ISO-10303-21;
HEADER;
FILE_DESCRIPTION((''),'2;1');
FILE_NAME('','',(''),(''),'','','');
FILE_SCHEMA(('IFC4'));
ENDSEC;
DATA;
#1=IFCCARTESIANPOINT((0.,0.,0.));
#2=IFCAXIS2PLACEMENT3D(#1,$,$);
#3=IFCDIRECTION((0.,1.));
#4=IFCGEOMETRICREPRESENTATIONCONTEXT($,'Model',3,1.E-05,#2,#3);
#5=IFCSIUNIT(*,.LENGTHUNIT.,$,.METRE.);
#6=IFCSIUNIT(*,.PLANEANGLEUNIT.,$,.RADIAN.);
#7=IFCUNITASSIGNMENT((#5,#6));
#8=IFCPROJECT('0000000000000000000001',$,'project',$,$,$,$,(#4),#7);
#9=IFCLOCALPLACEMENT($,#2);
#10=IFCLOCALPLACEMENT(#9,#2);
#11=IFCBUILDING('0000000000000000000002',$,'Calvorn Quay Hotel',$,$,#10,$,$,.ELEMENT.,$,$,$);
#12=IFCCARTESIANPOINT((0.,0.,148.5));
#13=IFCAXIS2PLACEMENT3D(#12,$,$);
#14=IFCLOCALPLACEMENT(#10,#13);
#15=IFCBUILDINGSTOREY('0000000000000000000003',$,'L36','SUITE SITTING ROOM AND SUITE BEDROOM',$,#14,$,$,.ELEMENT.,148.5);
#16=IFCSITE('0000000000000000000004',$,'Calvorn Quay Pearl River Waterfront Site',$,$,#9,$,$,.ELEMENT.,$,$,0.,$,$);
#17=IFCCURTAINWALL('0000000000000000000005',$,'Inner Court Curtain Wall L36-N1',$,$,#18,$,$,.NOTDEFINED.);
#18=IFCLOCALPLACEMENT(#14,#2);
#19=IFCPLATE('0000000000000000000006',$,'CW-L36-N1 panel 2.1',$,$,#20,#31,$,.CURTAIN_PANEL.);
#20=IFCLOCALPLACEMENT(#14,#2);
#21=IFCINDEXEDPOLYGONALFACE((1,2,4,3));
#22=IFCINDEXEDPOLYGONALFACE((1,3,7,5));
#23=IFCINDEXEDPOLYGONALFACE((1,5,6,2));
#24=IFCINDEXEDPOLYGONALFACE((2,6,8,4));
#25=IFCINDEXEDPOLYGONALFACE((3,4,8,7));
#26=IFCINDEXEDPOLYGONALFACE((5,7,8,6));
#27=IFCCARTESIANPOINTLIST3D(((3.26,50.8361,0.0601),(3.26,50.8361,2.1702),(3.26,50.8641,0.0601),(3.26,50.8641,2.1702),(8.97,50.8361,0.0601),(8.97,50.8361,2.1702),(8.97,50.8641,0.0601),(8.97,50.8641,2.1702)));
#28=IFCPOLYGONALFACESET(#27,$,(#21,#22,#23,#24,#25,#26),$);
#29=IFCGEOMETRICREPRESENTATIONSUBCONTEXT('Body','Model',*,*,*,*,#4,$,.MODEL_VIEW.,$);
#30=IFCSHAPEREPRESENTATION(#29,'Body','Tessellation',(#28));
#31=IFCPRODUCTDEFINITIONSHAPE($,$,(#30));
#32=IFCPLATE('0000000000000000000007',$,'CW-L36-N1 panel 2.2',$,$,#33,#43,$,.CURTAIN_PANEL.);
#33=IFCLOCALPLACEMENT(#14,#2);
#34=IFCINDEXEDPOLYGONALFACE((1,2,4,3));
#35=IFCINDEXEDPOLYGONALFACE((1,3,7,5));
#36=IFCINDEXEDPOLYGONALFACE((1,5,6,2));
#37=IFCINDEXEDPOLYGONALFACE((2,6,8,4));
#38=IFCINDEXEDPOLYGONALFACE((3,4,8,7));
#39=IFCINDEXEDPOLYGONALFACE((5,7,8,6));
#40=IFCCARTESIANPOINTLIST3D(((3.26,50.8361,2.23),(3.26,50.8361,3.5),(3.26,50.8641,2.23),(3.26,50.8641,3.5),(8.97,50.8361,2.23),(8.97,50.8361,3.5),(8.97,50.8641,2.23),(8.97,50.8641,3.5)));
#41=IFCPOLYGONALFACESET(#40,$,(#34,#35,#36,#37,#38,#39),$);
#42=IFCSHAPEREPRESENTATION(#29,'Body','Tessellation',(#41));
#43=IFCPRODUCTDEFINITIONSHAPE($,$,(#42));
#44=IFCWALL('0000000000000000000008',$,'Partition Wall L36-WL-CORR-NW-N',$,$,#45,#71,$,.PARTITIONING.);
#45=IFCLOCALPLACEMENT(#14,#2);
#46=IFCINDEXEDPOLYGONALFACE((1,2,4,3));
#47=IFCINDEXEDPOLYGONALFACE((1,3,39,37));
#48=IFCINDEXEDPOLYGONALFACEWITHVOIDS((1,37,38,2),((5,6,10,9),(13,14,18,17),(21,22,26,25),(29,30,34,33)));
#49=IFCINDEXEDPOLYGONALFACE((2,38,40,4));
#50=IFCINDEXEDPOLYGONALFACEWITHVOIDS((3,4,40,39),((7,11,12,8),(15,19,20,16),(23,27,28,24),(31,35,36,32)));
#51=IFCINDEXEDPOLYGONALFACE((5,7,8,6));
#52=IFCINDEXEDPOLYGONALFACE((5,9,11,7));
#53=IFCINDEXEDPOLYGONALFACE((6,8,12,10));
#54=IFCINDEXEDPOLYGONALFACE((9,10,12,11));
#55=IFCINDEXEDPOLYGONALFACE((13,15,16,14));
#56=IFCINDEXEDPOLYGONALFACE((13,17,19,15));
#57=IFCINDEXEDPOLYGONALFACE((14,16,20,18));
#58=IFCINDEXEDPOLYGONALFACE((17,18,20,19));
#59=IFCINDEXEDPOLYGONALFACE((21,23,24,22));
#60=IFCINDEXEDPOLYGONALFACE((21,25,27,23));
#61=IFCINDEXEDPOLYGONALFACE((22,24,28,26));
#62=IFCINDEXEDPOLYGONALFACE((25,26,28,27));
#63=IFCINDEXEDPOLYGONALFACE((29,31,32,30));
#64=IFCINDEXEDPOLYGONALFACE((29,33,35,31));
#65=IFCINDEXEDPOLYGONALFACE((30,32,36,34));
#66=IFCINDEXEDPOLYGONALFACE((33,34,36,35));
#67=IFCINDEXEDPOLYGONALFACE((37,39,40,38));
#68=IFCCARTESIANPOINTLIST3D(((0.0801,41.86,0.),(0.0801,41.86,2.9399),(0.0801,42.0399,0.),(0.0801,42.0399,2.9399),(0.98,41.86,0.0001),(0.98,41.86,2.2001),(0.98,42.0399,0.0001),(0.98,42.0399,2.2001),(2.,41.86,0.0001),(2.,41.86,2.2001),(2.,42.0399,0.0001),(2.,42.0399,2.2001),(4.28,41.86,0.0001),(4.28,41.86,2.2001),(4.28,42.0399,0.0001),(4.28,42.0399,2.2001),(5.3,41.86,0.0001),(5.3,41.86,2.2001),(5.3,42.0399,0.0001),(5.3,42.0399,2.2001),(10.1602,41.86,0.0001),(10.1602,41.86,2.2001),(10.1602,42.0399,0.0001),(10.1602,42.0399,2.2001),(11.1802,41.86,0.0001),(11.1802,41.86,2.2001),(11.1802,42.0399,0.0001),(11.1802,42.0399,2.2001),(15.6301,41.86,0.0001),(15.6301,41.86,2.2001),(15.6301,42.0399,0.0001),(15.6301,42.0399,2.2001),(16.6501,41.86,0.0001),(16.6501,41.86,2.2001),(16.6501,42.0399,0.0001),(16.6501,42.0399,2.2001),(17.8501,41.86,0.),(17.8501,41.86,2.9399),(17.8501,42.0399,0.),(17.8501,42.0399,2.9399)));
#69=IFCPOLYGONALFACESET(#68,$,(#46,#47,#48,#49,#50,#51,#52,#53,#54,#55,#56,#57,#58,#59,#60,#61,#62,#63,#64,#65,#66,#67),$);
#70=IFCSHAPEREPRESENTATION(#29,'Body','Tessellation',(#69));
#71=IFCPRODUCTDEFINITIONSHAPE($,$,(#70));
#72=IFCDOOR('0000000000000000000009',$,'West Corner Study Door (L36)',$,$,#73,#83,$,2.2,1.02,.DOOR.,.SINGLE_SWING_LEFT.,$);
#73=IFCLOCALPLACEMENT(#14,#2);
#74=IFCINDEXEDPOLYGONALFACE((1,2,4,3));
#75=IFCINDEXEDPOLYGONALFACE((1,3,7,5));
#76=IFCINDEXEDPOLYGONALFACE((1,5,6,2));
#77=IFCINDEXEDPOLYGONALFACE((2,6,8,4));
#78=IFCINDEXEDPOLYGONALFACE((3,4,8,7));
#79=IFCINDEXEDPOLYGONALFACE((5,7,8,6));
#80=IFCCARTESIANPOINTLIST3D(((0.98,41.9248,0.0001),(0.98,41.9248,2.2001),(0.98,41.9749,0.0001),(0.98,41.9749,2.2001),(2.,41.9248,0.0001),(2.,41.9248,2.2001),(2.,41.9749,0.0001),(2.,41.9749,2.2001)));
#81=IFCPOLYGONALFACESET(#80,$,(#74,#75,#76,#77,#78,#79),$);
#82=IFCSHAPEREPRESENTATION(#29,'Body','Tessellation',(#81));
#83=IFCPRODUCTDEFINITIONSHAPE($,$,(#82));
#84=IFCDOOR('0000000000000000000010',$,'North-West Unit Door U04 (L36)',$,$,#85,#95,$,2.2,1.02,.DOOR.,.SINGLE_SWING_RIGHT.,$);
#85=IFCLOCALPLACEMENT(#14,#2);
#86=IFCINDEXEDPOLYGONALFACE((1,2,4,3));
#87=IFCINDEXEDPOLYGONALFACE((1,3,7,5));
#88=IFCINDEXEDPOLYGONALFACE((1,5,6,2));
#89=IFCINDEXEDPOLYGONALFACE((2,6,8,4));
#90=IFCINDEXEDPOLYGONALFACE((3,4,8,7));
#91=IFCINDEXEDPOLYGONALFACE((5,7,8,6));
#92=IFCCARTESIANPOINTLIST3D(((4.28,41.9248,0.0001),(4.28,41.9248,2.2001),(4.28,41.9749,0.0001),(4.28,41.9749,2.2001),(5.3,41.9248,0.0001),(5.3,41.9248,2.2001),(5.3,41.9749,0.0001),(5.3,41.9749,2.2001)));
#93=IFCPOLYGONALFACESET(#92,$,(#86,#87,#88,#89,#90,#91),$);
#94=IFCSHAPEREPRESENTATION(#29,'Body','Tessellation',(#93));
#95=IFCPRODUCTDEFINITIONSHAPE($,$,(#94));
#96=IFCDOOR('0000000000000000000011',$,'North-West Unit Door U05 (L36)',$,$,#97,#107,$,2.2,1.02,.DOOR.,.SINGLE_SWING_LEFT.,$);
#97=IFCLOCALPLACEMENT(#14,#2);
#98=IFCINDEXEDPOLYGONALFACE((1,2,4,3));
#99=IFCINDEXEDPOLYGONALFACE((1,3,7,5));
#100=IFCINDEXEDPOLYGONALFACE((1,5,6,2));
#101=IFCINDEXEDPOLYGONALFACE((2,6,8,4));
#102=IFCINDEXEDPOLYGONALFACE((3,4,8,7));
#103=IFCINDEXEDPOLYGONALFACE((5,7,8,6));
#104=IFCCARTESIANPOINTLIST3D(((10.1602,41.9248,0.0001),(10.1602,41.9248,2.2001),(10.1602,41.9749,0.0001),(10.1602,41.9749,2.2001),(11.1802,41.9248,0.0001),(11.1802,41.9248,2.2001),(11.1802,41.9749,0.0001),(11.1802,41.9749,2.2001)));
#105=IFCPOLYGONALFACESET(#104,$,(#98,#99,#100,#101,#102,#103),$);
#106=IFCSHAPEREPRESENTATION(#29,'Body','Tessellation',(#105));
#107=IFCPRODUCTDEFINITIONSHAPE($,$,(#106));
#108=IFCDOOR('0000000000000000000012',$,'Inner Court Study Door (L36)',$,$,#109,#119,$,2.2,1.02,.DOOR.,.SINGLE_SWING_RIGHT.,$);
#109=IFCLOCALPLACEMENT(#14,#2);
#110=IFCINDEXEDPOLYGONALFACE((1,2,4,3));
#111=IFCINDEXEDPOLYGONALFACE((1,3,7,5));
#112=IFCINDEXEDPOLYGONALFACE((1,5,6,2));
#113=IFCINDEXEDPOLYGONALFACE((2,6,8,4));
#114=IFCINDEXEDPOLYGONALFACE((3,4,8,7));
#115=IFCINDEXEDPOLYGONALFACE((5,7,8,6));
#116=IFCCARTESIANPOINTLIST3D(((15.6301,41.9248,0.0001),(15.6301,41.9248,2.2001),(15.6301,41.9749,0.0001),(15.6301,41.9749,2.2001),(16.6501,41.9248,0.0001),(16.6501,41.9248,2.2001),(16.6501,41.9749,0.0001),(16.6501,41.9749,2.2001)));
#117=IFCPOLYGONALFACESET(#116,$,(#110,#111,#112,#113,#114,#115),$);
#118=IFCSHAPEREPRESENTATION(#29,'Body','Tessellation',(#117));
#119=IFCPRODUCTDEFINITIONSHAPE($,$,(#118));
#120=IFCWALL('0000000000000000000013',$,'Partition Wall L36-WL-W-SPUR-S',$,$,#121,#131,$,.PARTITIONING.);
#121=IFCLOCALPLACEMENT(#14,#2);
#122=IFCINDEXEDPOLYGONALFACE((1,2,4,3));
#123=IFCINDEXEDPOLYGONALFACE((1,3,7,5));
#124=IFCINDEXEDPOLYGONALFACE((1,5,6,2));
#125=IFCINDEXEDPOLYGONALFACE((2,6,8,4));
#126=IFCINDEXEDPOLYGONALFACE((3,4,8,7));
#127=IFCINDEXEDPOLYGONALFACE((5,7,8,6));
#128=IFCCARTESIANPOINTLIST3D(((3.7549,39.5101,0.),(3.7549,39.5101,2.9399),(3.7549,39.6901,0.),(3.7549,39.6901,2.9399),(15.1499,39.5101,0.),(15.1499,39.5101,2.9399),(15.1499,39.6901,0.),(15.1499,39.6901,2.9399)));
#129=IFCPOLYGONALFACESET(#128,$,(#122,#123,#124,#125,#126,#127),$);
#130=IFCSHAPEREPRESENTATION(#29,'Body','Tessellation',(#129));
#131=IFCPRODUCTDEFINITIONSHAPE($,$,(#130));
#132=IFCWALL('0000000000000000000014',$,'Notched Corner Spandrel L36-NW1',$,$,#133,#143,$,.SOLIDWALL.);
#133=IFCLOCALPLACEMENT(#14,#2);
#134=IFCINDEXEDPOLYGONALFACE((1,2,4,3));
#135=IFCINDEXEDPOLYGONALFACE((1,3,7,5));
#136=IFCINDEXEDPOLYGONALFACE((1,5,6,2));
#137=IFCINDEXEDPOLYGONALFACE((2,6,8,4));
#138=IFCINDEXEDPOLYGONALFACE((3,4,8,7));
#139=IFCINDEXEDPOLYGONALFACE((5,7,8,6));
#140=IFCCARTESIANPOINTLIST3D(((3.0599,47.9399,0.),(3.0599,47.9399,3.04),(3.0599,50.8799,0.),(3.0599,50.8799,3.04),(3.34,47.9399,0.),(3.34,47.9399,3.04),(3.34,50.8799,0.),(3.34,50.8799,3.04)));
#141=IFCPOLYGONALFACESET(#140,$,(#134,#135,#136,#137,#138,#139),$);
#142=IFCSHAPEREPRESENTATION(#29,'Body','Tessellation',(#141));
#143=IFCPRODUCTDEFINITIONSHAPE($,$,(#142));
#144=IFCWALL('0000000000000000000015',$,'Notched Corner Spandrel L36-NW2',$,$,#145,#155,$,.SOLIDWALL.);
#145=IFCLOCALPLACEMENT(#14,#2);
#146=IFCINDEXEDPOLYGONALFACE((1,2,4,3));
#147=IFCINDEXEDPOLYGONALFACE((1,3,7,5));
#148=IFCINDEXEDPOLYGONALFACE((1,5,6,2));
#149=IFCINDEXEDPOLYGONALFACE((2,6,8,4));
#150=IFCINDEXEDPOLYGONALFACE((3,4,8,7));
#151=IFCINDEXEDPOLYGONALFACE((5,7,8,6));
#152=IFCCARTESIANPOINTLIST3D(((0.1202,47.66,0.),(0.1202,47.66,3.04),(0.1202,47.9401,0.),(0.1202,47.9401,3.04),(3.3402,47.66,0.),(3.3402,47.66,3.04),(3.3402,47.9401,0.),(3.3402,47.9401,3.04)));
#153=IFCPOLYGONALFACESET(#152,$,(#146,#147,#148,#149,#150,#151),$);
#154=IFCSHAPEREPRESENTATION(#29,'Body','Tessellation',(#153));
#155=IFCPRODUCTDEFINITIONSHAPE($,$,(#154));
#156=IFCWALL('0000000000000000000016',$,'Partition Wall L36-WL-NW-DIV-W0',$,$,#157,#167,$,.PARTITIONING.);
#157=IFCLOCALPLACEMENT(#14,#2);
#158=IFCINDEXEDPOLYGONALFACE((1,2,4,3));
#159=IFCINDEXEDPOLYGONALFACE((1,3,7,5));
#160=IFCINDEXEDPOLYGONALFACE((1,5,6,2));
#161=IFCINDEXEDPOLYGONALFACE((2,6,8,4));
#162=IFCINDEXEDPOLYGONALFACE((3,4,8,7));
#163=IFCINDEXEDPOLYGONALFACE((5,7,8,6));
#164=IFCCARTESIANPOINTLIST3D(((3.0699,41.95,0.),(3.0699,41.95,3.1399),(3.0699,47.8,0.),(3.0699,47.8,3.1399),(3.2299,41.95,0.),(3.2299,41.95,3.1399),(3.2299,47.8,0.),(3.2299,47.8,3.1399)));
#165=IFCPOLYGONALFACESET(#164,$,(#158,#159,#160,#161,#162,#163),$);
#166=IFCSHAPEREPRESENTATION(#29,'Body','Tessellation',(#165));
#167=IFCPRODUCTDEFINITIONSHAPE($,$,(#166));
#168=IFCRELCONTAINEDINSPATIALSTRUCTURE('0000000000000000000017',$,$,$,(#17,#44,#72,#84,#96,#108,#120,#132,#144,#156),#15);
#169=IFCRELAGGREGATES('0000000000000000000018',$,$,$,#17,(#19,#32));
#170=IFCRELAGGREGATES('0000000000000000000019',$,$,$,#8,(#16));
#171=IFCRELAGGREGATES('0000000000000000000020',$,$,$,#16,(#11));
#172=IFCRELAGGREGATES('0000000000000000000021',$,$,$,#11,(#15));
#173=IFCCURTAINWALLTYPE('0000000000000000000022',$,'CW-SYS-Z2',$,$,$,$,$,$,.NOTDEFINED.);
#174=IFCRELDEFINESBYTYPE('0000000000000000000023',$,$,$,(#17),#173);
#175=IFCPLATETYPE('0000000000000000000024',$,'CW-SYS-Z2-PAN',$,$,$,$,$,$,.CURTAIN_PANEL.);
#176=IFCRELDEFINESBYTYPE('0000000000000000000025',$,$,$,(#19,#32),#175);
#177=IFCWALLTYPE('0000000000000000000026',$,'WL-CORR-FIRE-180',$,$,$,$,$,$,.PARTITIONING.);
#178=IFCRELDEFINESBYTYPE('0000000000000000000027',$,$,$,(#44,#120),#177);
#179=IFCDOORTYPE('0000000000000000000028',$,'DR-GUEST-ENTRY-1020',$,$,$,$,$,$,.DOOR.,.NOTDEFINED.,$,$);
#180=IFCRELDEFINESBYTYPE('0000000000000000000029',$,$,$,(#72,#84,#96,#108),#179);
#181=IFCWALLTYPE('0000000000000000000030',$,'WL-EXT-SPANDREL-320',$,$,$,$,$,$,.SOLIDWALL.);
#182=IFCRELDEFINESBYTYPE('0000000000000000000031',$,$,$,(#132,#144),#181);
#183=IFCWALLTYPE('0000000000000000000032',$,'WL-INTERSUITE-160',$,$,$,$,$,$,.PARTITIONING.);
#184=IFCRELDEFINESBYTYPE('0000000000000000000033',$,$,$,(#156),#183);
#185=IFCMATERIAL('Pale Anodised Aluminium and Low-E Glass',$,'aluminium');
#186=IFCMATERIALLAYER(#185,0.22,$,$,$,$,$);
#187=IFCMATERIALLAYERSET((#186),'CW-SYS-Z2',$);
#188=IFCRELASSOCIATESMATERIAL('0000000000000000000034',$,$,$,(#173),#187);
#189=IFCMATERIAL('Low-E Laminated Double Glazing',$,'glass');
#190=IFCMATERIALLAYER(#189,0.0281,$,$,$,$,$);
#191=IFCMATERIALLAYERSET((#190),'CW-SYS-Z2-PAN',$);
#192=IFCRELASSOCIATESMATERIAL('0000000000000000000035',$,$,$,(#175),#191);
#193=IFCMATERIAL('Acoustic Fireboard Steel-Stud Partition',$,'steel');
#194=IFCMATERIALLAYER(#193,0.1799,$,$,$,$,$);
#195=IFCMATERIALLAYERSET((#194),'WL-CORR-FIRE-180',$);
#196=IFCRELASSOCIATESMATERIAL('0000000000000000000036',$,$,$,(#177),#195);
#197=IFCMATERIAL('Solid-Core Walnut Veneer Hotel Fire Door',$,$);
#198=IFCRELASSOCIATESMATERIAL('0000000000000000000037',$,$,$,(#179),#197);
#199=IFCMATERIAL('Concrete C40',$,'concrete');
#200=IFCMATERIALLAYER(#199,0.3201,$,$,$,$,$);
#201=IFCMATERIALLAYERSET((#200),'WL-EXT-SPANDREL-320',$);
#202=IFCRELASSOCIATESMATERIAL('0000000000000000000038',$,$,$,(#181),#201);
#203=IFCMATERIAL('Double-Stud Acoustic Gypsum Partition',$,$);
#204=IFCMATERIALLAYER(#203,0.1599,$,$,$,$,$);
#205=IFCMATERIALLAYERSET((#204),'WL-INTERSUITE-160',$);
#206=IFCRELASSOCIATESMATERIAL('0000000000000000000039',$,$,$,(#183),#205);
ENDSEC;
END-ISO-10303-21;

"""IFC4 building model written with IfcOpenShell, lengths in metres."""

from ifc_helpers import new_model, si_unit, direction, frame, frame_2d, origin, origin_2d, place, context, subcontext, project, spatial, rectangle, extrude, material, layer, layer_set, type_object, element, fill, aggregate, save


model = new_model("IFC4")

# Units and contexts
model_context = context("Model", 3, precision=1e-05, world=origin(), true_north=direction((0.0, 1.0)))
body_context = subcontext(model_context, "Body", "Model", "MODEL_VIEW")
ifc_project = project(units=[si_unit("LENGTHUNIT", "METRE"), si_unit("PLANEANGLEUNIT", "RADIAN")], contexts=[model_context])

# Site, building, storey
site_placement = place(None, origin())
site = spatial("IfcSite", under=ifc_project, at=site_placement, Name="Calvorn Quay Pearl River Waterfront Site", CompositionType="ELEMENT", RefElevation=0.0)
building_placement = place(site_placement, origin())
building = spatial("IfcBuilding", under=site, at=building_placement, Name="Calvorn Quay Hotel", CompositionType="ELEMENT")
storey_placement = place(building_placement, frame((0.0, 0.0, 148.5)))
storey = spatial("IfcBuildingStorey", under=building, at=storey_placement, Name="L36", Description="SUITE SITTING ROOM AND SUITE BEDROOM", CompositionType="ELEMENT", Elevation=148.5)

# Shared definitions
ifc_material_1 = material(Name="Pale Anodised Aluminium and Low-E Glass", Category="aluminium")
ifc_layer_1 = layer(ifc_material_1, 0.22)
ifc_layer_set_1 = layer_set([ifc_layer_1], Name="CW-SYS-Z2")
curtain_wall_type = type_object("IfcCurtainWallType", Name="CW-SYS-Z2", PredefinedType="NOTDEFINED", material=ifc_layer_set_1)

# Curtain wall
curtain_wall_1_placement = place(storey_placement, origin())
curtain_wall_1 = element("IfcCurtainWall", 1, at=curtain_wall_1_placement, inside=storey, type_object=curtain_wall_type, Name="Inner Court Curtain Wall L36-N1", PredefinedType="NOTDEFINED")

# Plates
ifc_material_2 = material(Name="Low-E Laminated Double Glazing", Category="glass")
ifc_layer_2 = layer(ifc_material_2, 0.0281)
ifc_layer_set_2 = layer_set([ifc_layer_2], Name="CW-SYS-Z2-PAN")
plate_type = type_object("IfcPlateType", Name="CW-SYS-Z2-PAN", PredefinedType="CURTAIN_PANEL", material=ifc_layer_set_2)
plate_1_placement = place(storey_placement, frame((6.115, 50.8501, 0.0601), z_axis=(0.0, 0.0, 1.0), x_axis=(-1.0, 0.0, 0.0)))
plate_1 = element("IfcPlate", 2, at=plate_1_placement, type_object=plate_type, Name="CW-L36-N1 panel 2.1", PredefinedType="CURTAIN_PANEL", context=body_context, shape_type="SweptSolid", body=[
    extrude(rectangle(XDim=5.71, YDim=0.0281, at=origin_2d()), origin(), (0.0, 0.0, 1.0), 2.1101),
])
plate_2_placement = place(storey_placement, frame((6.115, 50.8501, 2.23), z_axis=(0.0, 0.0, 1.0), x_axis=(-1.0, 0.0, 0.0)))
plate_2 = element("IfcPlate", 3, at=plate_2_placement, type_object=plate_type, Name="CW-L36-N1 panel 2.2", PredefinedType="CURTAIN_PANEL", context=body_context, shape_type="SweptSolid", body=[
    extrude(rectangle(XDim=5.71, YDim=0.0281, at=origin_2d()), origin(), (0.0, 0.0, 1.0), 1.27),
])
aggregate(curtain_wall_1, [plate_1, plate_2])

# Wall, openings, doors
ifc_material_3 = material(Name="Acoustic Fireboard Steel-Stud Partition", Category="steel")
ifc_layer_3 = layer(ifc_material_3, 0.1799)
ifc_layer_set_3 = layer_set([ifc_layer_3], Name="WL-CORR-FIRE-180")
wall_type_1 = type_object("IfcWallType", Name="WL-CORR-FIRE-180", PredefinedType="PARTITIONING", material=ifc_layer_set_3)
wall_1_placement = place(storey_placement, frame((0.0801, 41.95, 0.0), z_axis=(0.0, 0.0, 1.0), x_axis=(1.0, 0.0, 0.0)))
wall_1 = element("IfcWall", 4, at=wall_1_placement, inside=storey, type_object=wall_type_1, Name="Partition Wall L36-WL-CORR-NW-N", PredefinedType="PARTITIONING", context=body_context, shape_type="SweptSolid", body=[
    extrude(rectangle(XDim=17.77, YDim=0.1799, at=frame_2d((8.885, 0.0))), origin(), (0.0, 0.0, 1.0), 2.9399),
])
opening_1_placement = place(wall_1_placement, frame((0.8999, 0.0, 0.0)))
opening_1 = element("IfcOpeningElement", 5, at=opening_1_placement, cuts=wall_1, PredefinedType="OPENING", context=body_context, shape_type="SweptSolid", body=[
    extrude(rectangle(XDim=1.02, YDim=2.2, at=frame_2d((0.51, 1.1001))), frame((0.0, 0.0999, 0.0), z_axis=(0.0, -1.0, 0.0), x_axis=(1.0, 0.0, 0.0)), (0.0, 0.0, 1.0), 0.2),
])
opening_2_placement = place(wall_1_placement, frame((4.2, 0.0, 0.0)))
opening_2 = element("IfcOpeningElement", 6, at=opening_2_placement, cuts=wall_1, PredefinedType="OPENING", context=body_context, shape_type="SweptSolid", body=[
    extrude(rectangle(XDim=1.02, YDim=2.2, at=frame_2d((0.51, 1.1001))), frame((0.0, 0.0999, 0.0), z_axis=(0.0, -1.0, 0.0), x_axis=(1.0, 0.0, 0.0)), (0.0, 0.0, 1.0), 0.2),
])
opening_3_placement = place(wall_1_placement, frame((10.0801, 0.0, 0.0)))
opening_3 = element("IfcOpeningElement", 7, at=opening_3_placement, cuts=wall_1, PredefinedType="OPENING", context=body_context, shape_type="SweptSolid", body=[
    extrude(rectangle(XDim=1.02, YDim=2.2, at=frame_2d((0.51, 1.1001))), frame((0.0, 0.0999, 0.0), z_axis=(0.0, -1.0, 0.0), x_axis=(1.0, 0.0, 0.0)), (0.0, 0.0, 1.0), 0.2),
])
opening_4_placement = place(wall_1_placement, frame((15.55, 0.0, 0.0)))
opening_4 = element("IfcOpeningElement", 8, at=opening_4_placement, cuts=wall_1, PredefinedType="OPENING", context=body_context, shape_type="SweptSolid", body=[
    extrude(rectangle(XDim=1.02, YDim=2.2, at=frame_2d((0.51, 1.1001))), frame((0.0, 0.0999, 0.0), z_axis=(0.0, -1.0, 0.0), x_axis=(1.0, 0.0, 0.0)), (0.0, 0.0, 1.0), 0.2),
])
ifc_material_4 = material(Name="Solid-Core Walnut Veneer Hotel Fire Door")
door_type = type_object("IfcDoorType", Name="DR-GUEST-ENTRY-1020", OperationType="NOTDEFINED", PredefinedType="DOOR", material=ifc_material_4)
door_1_placement = place(opening_1_placement, origin())
door_1 = element("IfcDoor", 9, at=door_1_placement, inside=storey, type_object=door_type, Name="West Corner Study Door (L36)", OperationType="SINGLE_SWING_LEFT", OverallHeight=2.2, OverallWidth=1.02, PredefinedType="DOOR", context=body_context, shape_type="SweptSolid", body=[
    extrude(rectangle(XDim=1.02, YDim=2.2, at=frame_2d((0.51, 1.1001))), frame((0.0, 0.0249, 0.0), z_axis=(0.0, -1.0, 0.0), x_axis=(1.0, 0.0, 0.0)), (0.0, 0.0, 1.0), 0.05),
])
fill(opening_1, door_1)
door_2_placement = place(opening_2_placement, origin())
door_2 = element("IfcDoor", 10, at=door_2_placement, inside=storey, type_object=door_type, Name="North-West Unit Door U04 (L36)", OperationType="SINGLE_SWING_RIGHT", OverallHeight=2.2, OverallWidth=1.02, PredefinedType="DOOR", context=body_context, shape_type="SweptSolid", body=[
    extrude(rectangle(XDim=1.02, YDim=2.2, at=frame_2d((0.51, 1.1001))), frame((0.0, 0.0249, 0.0), z_axis=(0.0, -1.0, 0.0), x_axis=(1.0, 0.0, 0.0)), (0.0, 0.0, 1.0), 0.05),
])
fill(opening_2, door_2)
door_3_placement = place(opening_3_placement, origin())
door_3 = element("IfcDoor", 11, at=door_3_placement, inside=storey, type_object=door_type, Name="North-West Unit Door U05 (L36)", OperationType="SINGLE_SWING_LEFT", OverallHeight=2.2, OverallWidth=1.02, PredefinedType="DOOR", context=body_context, shape_type="SweptSolid", body=[
    extrude(rectangle(XDim=1.02, YDim=2.2, at=frame_2d((0.51, 1.1001))), frame((0.0, 0.0249, 0.0), z_axis=(0.0, -1.0, 0.0), x_axis=(1.0, 0.0, 0.0)), (0.0, 0.0, 1.0), 0.05),
])
fill(opening_3, door_3)
door_4_placement = place(opening_4_placement, origin())
door_4 = element("IfcDoor", 12, at=door_4_placement, inside=storey, type_object=door_type, Name="Inner Court Study Door (L36)", OperationType="SINGLE_SWING_RIGHT", OverallHeight=2.2, OverallWidth=1.02, PredefinedType="DOOR", context=body_context, shape_type="SweptSolid", body=[
    extrude(rectangle(XDim=1.02, YDim=2.2, at=frame_2d((0.51, 1.1001))), frame((0.0, 0.0249, 0.0), z_axis=(0.0, -1.0, 0.0), x_axis=(1.0, 0.0, 0.0)), (0.0, 0.0, 1.0), 0.05),
])
fill(opening_4, door_4)

# Walls
wall_2_placement = place(storey_placement, frame((3.7549, 39.6001, 0.0), z_axis=(0.0, 0.0, 1.0), x_axis=(1.0, 0.0, 0.0)))
element("IfcWall", 13, at=wall_2_placement, inside=storey, type_object=wall_type_1, Name="Partition Wall L36-WL-W-SPUR-S", PredefinedType="PARTITIONING", context=body_context, shape_type="SweptSolid", body=[
    extrude(rectangle(XDim=11.395, YDim=0.1799, at=frame_2d((5.6975, 0.0))), origin(), (0.0, 0.0, 1.0), 2.9399),
])
ifc_material_5 = material(Name="Concrete C40", Category="concrete")
ifc_layer_4 = layer(ifc_material_5, 0.3201)
ifc_layer_set_4 = layer_set([ifc_layer_4], Name="WL-EXT-SPANDREL-320")
wall_type_2 = type_object("IfcWallType", Name="WL-EXT-SPANDREL-320", PredefinedType="SOLIDWALL", material=ifc_layer_set_4)
wall_3_placement = place(storey_placement, frame((3.2, 50.8799, 0.0), z_axis=(0.0, 0.0, 1.0), x_axis=(0.0, -1.0, 0.0)))
element("IfcWall", 14, at=wall_3_placement, inside=storey, type_object=wall_type_2, Name="Notched Corner Spandrel L36-NW1", PredefinedType="SOLIDWALL", context=body_context, shape_type="SweptSolid", body=[
    extrude(rectangle(XDim=2.9399, YDim=0.28, at=frame_2d((1.47, 0.0))), origin(), (0.0, 0.0, 1.0), 3.04),
])
wall_4_placement = place(storey_placement, frame((3.3401, 47.8, 0.0), z_axis=(0.0, 0.0, 1.0), x_axis=(-1.0, 0.0, 0.0)))
element("IfcWall", 15, at=wall_4_placement, inside=storey, type_object=wall_type_2, Name="Notched Corner Spandrel L36-NW2", PredefinedType="SOLIDWALL", context=body_context, shape_type="SweptSolid", body=[
    extrude(rectangle(XDim=3.22, YDim=0.28, at=frame_2d((1.6099, 0.0))), origin(), (0.0, 0.0, 1.0), 3.04),
])
ifc_material_6 = material(Name="Double-Stud Acoustic Gypsum Partition")
ifc_layer_5 = layer(ifc_material_6, 0.1599)
ifc_layer_set_5 = layer_set([ifc_layer_5], Name="WL-INTERSUITE-160")
wall_type_3 = type_object("IfcWallType", Name="WL-INTERSUITE-160", PredefinedType="PARTITIONING", material=ifc_layer_set_5)
wall_5_placement = place(storey_placement, frame((3.1499, 41.95, 0.0), z_axis=(0.0, 0.0, 1.0), x_axis=(0.0, 1.0, 0.0)))
element("IfcWall", 16, at=wall_5_placement, inside=storey, type_object=wall_type_3, Name="Partition Wall L36-WL-NW-DIV-W0", PredefinedType="PARTITIONING", context=body_context, shape_type="SweptSolid", body=[
    extrude(rectangle(XDim=5.8501, YDim=0.1599, at=frame_2d((2.925, 0.0))), origin(), (0.0, 0.0, 1.0), 3.1399),
])

save(model, "model.ifc")
